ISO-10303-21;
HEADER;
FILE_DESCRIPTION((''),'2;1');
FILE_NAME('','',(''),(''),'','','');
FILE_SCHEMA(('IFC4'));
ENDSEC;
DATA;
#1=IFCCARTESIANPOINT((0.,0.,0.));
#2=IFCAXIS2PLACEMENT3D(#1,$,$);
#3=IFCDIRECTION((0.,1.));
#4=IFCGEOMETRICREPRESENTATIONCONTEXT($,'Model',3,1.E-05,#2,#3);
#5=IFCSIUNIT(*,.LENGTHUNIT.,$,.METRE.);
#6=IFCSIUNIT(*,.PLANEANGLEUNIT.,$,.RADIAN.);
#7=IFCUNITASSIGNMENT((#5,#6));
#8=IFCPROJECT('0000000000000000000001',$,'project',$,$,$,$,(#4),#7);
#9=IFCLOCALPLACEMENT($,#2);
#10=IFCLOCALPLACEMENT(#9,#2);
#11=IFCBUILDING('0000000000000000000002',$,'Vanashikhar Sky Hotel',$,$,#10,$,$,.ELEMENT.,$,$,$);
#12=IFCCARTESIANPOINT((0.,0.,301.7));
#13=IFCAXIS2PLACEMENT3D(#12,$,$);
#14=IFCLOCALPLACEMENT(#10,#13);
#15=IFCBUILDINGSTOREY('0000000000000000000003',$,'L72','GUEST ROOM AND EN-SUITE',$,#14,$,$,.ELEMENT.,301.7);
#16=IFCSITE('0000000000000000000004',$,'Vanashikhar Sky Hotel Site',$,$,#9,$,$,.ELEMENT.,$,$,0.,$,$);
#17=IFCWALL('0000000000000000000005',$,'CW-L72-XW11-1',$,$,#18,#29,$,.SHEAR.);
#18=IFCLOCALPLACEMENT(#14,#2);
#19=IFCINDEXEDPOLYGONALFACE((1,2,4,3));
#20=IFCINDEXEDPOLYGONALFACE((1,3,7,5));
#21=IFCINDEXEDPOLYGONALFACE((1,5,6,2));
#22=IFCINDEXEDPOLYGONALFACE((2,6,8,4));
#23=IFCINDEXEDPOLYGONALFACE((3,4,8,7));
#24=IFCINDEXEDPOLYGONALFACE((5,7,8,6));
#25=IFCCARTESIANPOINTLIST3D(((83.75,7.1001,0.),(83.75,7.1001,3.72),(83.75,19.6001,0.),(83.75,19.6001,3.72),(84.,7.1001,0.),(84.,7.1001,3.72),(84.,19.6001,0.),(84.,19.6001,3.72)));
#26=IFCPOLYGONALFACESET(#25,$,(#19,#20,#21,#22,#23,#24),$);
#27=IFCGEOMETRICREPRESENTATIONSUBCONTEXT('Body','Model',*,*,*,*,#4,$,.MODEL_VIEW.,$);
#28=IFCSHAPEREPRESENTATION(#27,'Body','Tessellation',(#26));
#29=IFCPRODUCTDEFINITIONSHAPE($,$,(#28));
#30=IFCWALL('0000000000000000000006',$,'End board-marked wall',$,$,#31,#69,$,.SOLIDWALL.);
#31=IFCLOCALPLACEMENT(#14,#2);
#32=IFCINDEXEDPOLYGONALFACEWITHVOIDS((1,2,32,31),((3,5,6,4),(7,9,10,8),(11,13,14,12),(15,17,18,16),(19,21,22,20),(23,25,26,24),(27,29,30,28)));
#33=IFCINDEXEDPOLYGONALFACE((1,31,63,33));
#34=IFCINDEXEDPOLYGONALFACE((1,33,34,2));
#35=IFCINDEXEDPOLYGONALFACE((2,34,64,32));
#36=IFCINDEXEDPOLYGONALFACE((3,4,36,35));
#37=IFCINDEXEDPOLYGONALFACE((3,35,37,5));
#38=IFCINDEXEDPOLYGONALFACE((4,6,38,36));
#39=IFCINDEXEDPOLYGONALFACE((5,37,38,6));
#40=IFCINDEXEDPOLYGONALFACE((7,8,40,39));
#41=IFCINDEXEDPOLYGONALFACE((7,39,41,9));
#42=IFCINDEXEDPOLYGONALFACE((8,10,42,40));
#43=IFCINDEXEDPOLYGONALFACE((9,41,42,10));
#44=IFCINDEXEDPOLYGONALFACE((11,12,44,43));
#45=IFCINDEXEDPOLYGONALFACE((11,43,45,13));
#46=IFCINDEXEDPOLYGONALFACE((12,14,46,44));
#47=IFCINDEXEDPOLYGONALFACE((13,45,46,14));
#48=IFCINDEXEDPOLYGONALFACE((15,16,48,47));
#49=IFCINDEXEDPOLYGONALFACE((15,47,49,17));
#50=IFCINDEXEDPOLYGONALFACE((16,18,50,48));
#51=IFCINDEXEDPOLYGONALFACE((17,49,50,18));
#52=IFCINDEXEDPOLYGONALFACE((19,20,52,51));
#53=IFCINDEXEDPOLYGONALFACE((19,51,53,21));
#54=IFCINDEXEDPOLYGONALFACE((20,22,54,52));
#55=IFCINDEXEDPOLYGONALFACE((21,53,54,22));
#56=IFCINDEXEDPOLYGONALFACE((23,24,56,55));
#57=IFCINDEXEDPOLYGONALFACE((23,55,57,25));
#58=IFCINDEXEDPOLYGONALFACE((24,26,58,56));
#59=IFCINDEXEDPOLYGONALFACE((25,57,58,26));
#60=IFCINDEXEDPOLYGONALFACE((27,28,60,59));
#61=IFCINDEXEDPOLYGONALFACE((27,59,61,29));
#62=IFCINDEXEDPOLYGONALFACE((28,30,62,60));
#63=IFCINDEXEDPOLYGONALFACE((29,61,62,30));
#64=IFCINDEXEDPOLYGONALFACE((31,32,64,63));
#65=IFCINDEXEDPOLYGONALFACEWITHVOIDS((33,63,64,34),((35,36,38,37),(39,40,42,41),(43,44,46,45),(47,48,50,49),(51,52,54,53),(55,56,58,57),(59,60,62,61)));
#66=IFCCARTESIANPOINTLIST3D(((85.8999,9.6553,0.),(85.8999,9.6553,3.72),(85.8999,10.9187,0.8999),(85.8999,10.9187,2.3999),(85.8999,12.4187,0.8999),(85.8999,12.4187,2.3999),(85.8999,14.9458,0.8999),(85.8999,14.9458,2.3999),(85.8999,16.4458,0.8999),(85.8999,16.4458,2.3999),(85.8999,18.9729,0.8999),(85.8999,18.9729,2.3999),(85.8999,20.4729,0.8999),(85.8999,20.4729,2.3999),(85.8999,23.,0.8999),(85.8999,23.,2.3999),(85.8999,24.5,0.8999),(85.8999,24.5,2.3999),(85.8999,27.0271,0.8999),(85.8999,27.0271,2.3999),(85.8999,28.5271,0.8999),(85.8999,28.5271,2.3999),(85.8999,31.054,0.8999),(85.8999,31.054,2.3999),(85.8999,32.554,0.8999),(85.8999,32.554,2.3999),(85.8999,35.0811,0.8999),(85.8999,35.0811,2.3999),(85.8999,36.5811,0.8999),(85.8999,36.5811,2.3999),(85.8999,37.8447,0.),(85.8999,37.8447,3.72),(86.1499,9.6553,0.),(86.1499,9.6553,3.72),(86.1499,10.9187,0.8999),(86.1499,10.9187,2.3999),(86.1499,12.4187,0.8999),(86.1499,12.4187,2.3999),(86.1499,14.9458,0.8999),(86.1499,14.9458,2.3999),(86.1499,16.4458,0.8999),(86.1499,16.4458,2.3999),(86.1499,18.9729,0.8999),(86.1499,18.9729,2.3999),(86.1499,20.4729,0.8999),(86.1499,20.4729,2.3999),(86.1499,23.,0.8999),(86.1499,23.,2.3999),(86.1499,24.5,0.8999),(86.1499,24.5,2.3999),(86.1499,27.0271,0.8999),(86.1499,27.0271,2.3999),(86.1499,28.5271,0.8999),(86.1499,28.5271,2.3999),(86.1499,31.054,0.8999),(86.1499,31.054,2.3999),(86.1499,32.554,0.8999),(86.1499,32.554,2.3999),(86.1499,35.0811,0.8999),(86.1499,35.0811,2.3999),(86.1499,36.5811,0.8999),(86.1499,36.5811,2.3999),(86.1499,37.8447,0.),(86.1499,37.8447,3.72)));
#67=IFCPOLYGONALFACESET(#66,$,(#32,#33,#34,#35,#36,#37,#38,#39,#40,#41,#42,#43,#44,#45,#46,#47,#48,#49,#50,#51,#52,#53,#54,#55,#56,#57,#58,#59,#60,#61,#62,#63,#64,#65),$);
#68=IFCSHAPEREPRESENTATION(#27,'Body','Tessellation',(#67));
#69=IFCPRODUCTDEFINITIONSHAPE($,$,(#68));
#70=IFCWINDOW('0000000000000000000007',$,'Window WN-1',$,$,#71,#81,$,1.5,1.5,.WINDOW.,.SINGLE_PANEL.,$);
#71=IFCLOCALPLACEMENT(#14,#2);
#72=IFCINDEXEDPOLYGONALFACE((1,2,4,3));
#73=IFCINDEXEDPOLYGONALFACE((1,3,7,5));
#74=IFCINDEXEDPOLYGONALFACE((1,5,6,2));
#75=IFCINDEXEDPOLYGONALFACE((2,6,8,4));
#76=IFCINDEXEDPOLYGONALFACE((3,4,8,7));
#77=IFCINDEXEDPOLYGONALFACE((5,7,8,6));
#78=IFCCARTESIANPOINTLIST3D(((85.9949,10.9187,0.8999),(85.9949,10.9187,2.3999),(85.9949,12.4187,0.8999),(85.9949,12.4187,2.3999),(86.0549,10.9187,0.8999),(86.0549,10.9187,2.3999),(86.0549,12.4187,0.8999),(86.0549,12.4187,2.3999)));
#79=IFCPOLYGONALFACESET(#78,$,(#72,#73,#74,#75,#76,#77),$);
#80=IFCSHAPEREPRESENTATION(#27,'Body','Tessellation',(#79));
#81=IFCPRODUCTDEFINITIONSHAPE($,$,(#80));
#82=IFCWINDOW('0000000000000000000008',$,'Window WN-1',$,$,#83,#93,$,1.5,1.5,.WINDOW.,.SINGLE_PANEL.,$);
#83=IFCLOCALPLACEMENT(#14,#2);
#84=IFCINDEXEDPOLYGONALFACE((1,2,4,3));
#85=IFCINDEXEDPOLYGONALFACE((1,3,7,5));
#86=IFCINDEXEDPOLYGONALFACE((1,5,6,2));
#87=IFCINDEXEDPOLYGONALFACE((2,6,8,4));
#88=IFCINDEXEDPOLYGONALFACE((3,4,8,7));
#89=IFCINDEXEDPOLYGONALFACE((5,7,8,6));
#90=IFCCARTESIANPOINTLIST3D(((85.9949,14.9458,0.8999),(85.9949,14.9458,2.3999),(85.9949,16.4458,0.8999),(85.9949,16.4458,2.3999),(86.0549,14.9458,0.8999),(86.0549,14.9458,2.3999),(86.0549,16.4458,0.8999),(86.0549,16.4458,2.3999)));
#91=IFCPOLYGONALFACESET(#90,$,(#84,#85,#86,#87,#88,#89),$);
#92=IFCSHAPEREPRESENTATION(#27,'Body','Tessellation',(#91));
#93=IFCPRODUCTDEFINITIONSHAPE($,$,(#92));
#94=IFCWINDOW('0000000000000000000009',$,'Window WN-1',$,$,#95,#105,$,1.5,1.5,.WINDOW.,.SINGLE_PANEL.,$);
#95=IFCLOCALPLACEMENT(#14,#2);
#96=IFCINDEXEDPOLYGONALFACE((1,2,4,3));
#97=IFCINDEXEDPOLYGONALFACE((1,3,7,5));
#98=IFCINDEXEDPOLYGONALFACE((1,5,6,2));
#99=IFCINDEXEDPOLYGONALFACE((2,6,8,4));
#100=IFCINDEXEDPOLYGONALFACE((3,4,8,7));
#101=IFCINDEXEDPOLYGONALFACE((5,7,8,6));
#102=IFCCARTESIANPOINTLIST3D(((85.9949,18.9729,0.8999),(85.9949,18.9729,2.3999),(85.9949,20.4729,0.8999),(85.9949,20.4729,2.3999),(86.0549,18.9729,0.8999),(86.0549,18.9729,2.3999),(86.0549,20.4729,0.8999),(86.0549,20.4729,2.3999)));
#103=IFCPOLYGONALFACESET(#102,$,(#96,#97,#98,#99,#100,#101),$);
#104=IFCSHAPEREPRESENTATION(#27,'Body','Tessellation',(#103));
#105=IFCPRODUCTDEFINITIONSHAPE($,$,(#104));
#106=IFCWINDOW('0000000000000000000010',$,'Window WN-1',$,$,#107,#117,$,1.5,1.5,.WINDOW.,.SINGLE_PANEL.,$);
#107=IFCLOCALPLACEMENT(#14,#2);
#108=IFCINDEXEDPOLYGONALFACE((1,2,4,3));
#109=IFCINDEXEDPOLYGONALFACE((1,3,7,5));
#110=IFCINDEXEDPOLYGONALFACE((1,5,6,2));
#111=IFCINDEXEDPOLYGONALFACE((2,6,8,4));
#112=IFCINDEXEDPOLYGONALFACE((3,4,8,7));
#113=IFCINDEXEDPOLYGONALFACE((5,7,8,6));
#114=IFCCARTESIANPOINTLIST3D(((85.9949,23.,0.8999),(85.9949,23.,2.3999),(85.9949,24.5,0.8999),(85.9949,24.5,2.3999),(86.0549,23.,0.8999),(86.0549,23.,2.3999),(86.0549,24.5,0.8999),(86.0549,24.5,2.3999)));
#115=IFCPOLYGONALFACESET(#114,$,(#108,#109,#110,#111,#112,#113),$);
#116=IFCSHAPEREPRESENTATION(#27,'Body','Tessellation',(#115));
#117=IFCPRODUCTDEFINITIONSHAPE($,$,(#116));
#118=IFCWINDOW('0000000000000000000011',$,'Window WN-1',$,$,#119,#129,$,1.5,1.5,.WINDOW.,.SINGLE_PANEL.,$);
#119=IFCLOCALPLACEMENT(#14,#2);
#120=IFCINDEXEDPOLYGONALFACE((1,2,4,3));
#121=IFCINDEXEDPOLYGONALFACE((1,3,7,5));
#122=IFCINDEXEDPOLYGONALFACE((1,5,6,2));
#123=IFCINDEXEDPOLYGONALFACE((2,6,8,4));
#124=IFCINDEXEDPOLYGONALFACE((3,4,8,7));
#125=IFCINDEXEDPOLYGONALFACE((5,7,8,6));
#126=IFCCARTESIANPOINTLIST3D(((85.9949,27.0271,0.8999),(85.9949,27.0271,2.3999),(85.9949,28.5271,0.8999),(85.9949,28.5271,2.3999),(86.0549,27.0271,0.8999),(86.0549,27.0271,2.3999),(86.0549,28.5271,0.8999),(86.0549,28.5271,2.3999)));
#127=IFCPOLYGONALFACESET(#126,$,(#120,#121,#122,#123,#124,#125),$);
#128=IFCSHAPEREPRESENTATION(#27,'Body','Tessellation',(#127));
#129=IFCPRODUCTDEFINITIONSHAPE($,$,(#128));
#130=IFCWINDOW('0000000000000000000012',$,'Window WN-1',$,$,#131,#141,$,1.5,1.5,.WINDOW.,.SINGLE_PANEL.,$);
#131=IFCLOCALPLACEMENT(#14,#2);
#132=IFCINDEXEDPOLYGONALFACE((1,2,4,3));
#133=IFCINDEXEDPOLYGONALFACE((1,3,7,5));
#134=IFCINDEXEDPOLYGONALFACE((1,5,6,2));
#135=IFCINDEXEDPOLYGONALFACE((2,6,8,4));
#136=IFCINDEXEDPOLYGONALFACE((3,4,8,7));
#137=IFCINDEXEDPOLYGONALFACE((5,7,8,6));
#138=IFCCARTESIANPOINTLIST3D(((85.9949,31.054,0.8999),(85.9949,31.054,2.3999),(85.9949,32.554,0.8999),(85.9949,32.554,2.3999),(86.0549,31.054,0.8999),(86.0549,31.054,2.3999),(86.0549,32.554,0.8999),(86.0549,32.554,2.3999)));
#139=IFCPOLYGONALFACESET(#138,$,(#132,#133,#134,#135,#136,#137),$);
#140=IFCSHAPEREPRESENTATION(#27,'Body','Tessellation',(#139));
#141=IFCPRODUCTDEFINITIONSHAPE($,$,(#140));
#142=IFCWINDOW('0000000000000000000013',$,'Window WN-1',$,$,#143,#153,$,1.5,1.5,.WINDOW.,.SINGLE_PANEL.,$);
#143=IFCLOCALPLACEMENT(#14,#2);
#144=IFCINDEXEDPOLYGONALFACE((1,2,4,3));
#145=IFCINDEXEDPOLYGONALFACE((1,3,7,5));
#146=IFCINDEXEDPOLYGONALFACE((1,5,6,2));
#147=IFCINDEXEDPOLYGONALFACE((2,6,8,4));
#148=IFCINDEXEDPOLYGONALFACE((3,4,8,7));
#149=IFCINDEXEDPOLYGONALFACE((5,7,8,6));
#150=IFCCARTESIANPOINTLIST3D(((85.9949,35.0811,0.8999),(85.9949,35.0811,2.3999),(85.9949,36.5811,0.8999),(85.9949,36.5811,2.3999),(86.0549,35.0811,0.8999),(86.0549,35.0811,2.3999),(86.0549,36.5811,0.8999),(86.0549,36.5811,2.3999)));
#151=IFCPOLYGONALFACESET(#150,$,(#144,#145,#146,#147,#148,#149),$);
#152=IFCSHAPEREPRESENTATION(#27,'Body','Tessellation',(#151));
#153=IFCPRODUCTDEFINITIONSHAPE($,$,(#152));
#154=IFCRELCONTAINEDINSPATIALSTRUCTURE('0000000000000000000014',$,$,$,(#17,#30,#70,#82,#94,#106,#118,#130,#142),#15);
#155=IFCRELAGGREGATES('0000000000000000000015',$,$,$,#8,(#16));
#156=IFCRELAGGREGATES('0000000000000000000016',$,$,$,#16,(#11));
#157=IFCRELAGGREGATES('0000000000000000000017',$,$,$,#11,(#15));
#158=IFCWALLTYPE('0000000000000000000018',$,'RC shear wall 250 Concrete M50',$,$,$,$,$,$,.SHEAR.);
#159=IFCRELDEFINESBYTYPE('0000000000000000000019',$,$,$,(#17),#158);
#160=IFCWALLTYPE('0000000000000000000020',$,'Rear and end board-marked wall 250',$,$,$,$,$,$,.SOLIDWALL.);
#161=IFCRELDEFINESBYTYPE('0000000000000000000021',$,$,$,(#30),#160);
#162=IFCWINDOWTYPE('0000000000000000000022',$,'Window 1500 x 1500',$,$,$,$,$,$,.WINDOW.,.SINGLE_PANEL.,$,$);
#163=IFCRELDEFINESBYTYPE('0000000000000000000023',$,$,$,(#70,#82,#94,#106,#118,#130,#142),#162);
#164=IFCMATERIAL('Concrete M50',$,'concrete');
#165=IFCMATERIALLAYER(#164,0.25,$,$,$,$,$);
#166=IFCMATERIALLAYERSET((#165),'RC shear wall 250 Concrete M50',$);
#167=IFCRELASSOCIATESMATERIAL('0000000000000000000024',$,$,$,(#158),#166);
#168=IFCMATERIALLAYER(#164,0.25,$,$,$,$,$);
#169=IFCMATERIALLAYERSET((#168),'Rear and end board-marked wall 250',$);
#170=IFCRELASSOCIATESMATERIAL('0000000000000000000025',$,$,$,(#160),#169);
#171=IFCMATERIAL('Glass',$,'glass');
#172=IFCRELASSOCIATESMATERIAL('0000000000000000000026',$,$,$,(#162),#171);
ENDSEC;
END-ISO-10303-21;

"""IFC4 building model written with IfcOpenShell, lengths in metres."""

from ifc_helpers import new_model, si_unit, direction, frame, frame_2d, origin, place, context, subcontext, project, spatial, rectangle, extrude, source, transform, mapped, material, layer, layer_set, type_object, element, fill, save


model = new_model("IFC4")

# Units and contexts
model_context = context("Model", 3, precision=1e-05, world=origin(), true_north=direction((0.0, 1.0)))
body_context = subcontext(model_context, "Body", "Model", "MODEL_VIEW")
ifc_project = project(units=[si_unit("LENGTHUNIT", "METRE"), si_unit("PLANEANGLEUNIT", "RADIAN")], contexts=[model_context])

# Site, building, storey
site_placement = place(None, origin())
site = spatial("IfcSite", under=ifc_project, at=site_placement, Name="Vanashikhar Sky Hotel Site", CompositionType="ELEMENT", RefElevation=0.0)
building_placement = place(site_placement, origin())
building = spatial("IfcBuilding", under=site, at=building_placement, Name="Vanashikhar Sky Hotel", CompositionType="ELEMENT")
storey_placement = place(building_placement, frame((0.0, 0.0, 301.7)))
storey = spatial("IfcBuildingStorey", under=building, at=storey_placement, Name="L72", Description="GUEST ROOM AND EN-SUITE", CompositionType="ELEMENT", Elevation=301.7)

# Wall
ifc_material_1 = material(Name="Concrete M50", Category="concrete")
ifc_layer_1 = layer(ifc_material_1, 0.25)
ifc_layer_set_1 = layer_set([ifc_layer_1], Name="RC shear wall 250 Concrete M50")
wall_type_1 = type_object("IfcWallType", Name="RC shear wall 250 Concrete M50", PredefinedType="SHEAR", material=ifc_layer_set_1)
shared_shape_1 = source(origin(), body_context, "Body", "SweptSolid", [
    extrude(rectangle(XDim=12.5, YDim=0.25, at=frame_2d((6.25, 0.0))), origin(), (0.0, 0.0, 1.0), 3.72),
])
wall_1_placement = place(storey_placement, frame((83.875, 7.1001, 0.0), z_axis=(0.0, 0.0, 1.0), x_axis=(0.0, 1.0, 0.0)))
element("IfcWall", 1, at=wall_1_placement, inside=storey, type_object=wall_type_1, Name="CW-L72-XW11-1", PredefinedType="SHEAR", context=body_context, shape_type="MappedRepresentation", body=[
    mapped(shared_shape_1, transform((0.0, 0.0, 0.0), scale=1.0)),
])

# Wall, openings, windows
ifc_layer_2 = layer(ifc_material_1, 0.25)
ifc_layer_set_2 = layer_set([ifc_layer_2], Name="Rear and end board-marked wall 250")
wall_type_2 = type_object("IfcWallType", Name="Rear and end board-marked wall 250", PredefinedType="SOLIDWALL", material=ifc_layer_set_2)
shared_shape_2 = source(origin(), body_context, "Body", "SweptSolid", [
    extrude(rectangle(XDim=28.1895, YDim=0.25, at=frame_2d((14.0947, 0.0))), origin(), (0.0, 0.0, 1.0), 3.72),
])
wall_2_placement = place(storey_placement, frame((86.0249, 9.6553, 0.0), z_axis=(0.0, 0.0, 1.0), x_axis=(0.0, 1.0, 0.0)))
wall_2 = element("IfcWall", 2, at=wall_2_placement, inside=storey, type_object=wall_type_2, Name="End board-marked wall", PredefinedType="SOLIDWALL", context=body_context, shape_type="MappedRepresentation", body=[
    mapped(shared_shape_2, transform((0.0, 0.0, 0.0), scale=1.0)),
])
shared_shape_3 = source(origin(), body_context, "Body", "SweptSolid", [
    extrude(rectangle(XDim=1.5, YDim=1.5, at=frame_2d((0.75, 0.75))), frame((0.0, 0.135, 0.0), z_axis=(0.0, -1.0, 0.0), x_axis=(1.0, 0.0, 0.0)), (0.0, 0.0, 1.0), 0.27),
])
opening_1_placement = place(wall_2_placement, frame((1.2634, 0.0, 0.8999)))
opening_1 = element("IfcOpeningElement", 3, at=opening_1_placement, cuts=wall_2, PredefinedType="OPENING", context=body_context, shape_type="MappedRepresentation", body=[
    mapped(shared_shape_3, transform((0.0, 0.0, 0.0), scale=1.0)),
])
opening_2_placement = place(wall_2_placement, frame((5.2905, 0.0, 0.8999)))
opening_2 = element("IfcOpeningElement", 4, at=opening_2_placement, cuts=wall_2, PredefinedType="OPENING", context=body_context, shape_type="MappedRepresentation", body=[
    mapped(shared_shape_3, transform((0.0, 0.0, 0.0), scale=1.0)),
])
opening_3_placement = place(wall_2_placement, frame((9.3176, 0.0, 0.8999)))
opening_3 = element("IfcOpeningElement", 5, at=opening_3_placement, cuts=wall_2, PredefinedType="OPENING", context=body_context, shape_type="MappedRepresentation", body=[
    mapped(shared_shape_3, transform((0.0, 0.0, 0.0), scale=1.0)),
])
opening_4_placement = place(wall_2_placement, frame((13.3447, 0.0, 0.8999)))
opening_4 = element("IfcOpeningElement", 6, at=opening_4_placement, cuts=wall_2, PredefinedType="OPENING", context=body_context, shape_type="MappedRepresentation", body=[
    mapped(shared_shape_3, transform((0.0, 0.0, 0.0), scale=1.0)),
])
opening_5_placement = place(wall_2_placement, frame((17.3718, 0.0, 0.8999)))
opening_5 = element("IfcOpeningElement", 7, at=opening_5_placement, cuts=wall_2, PredefinedType="OPENING", context=body_context, shape_type="MappedRepresentation", body=[
    mapped(shared_shape_3, transform((0.0, 0.0, 0.0), scale=1.0)),
])
opening_6_placement = place(wall_2_placement, frame((21.3987, 0.0, 0.8999)))
opening_6 = element("IfcOpeningElement", 8, at=opening_6_placement, cuts=wall_2, PredefinedType="OPENING", context=body_context, shape_type="MappedRepresentation", body=[
    mapped(shared_shape_3, transform((0.0, 0.0, 0.0), scale=1.0)),
])
opening_7_placement = place(wall_2_placement, frame((25.4258, 0.0, 0.8999)))
opening_7 = element("IfcOpeningElement", 9, at=opening_7_placement, cuts=wall_2, PredefinedType="OPENING", context=body_context, shape_type="MappedRepresentation", body=[
    mapped(shared_shape_3, transform((0.0, 0.0, 0.0), scale=1.0)),
])
ifc_material_2 = material(Name="Glass", Category="glass")
window_type = type_object("IfcWindowType", Name="Window 1500 x 1500", PartitioningType="SINGLE_PANEL", PredefinedType="WINDOW", material=ifc_material_2)
shared_shape_4 = source(origin(), body_context, "Body", "SweptSolid", [
    extrude(rectangle(XDim=1.5, YDim=1.5, at=frame_2d((0.75, 0.75))), frame((0.0, 0.03, 0.0), z_axis=(0.0, -1.0, 0.0), x_axis=(1.0, 0.0, 0.0)), (0.0, 0.0, 1.0), 0.0601),
])
window_1_placement = place(opening_1_placement, origin())
window_1 = element("IfcWindow", 10, at=window_1_placement, inside=storey, type_object=window_type, Name="Window WN-1", OverallHeight=1.5, OverallWidth=1.5, PartitioningType="SINGLE_PANEL", PredefinedType="WINDOW", context=body_context, shape_type="MappedRepresentation", body=[
    mapped(shared_shape_4, transform((0.0, 0.0, 0.0), scale=1.0)),
])
fill(opening_1, window_1)
window_2_placement = place(opening_2_placement, origin())
window_2 = element("IfcWindow", 11, at=window_2_placement, inside=storey, type_object=window_type, Name="Window WN-1", OverallHeight=1.5, OverallWidth=1.5, PartitioningType="SINGLE_PANEL", PredefinedType="WINDOW", context=body_context, shape_type="MappedRepresentation", body=[
    mapped(shared_shape_4, transform((0.0, 0.0, 0.0), scale=1.0)),
])
fill(opening_2, window_2)
window_3_placement = place(opening_3_placement, origin())
window_3 = element("IfcWindow", 12, at=window_3_placement, inside=storey, type_object=window_type, Name="Window WN-1", OverallHeight=1.5, OverallWidth=1.5, PartitioningType="SINGLE_PANEL", PredefinedType="WINDOW", context=body_context, shape_type="MappedRepresentation", body=[
    mapped(shared_shape_4, transform((0.0, 0.0, 0.0), scale=1.0)),
])
fill(opening_3, window_3)
window_4_placement = place(opening_4_placement, origin())
window_4 = element("IfcWindow", 13, at=window_4_placement, inside=storey, type_object=window_type, Name="Window WN-1", OverallHeight=1.5, OverallWidth=1.5, PartitioningType="SINGLE_PANEL", PredefinedType="WINDOW", context=body_context, shape_type="MappedRepresentation", body=[
    mapped(shared_shape_4, transform((0.0, 0.0, 0.0), scale=1.0)),
])
fill(opening_4, window_4)
window_5_placement = place(opening_5_placement, origin())
window_5 = element("IfcWindow", 14, at=window_5_placement, inside=storey, type_object=window_type, Name="Window WN-1", OverallHeight=1.5, OverallWidth=1.5, PartitioningType="SINGLE_PANEL", PredefinedType="WINDOW", context=body_context, shape_type="MappedRepresentation", body=[
    mapped(shared_shape_4, transform((0.0, 0.0, 0.0), scale=1.0)),
])
fill(opening_5, window_5)
window_6_placement = place(opening_6_placement, origin())
window_6 = element("IfcWindow", 15, at=window_6_placement, inside=storey, type_object=window_type, Name="Window WN-1", OverallHeight=1.5, OverallWidth=1.5, PartitioningType="SINGLE_PANEL", PredefinedType="WINDOW", context=body_context, shape_type="MappedRepresentation", body=[
    mapped(shared_shape_4, transform((0.0, 0.0, 0.0), scale=1.0)),
])
fill(opening_6, window_6)
window_7_placement = place(opening_7_placement, origin())
window_7 = element("IfcWindow", 16, at=window_7_placement, inside=storey, type_object=window_type, Name="Window WN-1", OverallHeight=1.5, OverallWidth=1.5, PartitioningType="SINGLE_PANEL", PredefinedType="WINDOW", context=body_context, shape_type="MappedRepresentation", body=[
    mapped(shared_shape_4, transform((0.0, 0.0, 0.0), scale=1.0)),
])
fill(opening_7, window_7)

save(model, "model.ifc")
